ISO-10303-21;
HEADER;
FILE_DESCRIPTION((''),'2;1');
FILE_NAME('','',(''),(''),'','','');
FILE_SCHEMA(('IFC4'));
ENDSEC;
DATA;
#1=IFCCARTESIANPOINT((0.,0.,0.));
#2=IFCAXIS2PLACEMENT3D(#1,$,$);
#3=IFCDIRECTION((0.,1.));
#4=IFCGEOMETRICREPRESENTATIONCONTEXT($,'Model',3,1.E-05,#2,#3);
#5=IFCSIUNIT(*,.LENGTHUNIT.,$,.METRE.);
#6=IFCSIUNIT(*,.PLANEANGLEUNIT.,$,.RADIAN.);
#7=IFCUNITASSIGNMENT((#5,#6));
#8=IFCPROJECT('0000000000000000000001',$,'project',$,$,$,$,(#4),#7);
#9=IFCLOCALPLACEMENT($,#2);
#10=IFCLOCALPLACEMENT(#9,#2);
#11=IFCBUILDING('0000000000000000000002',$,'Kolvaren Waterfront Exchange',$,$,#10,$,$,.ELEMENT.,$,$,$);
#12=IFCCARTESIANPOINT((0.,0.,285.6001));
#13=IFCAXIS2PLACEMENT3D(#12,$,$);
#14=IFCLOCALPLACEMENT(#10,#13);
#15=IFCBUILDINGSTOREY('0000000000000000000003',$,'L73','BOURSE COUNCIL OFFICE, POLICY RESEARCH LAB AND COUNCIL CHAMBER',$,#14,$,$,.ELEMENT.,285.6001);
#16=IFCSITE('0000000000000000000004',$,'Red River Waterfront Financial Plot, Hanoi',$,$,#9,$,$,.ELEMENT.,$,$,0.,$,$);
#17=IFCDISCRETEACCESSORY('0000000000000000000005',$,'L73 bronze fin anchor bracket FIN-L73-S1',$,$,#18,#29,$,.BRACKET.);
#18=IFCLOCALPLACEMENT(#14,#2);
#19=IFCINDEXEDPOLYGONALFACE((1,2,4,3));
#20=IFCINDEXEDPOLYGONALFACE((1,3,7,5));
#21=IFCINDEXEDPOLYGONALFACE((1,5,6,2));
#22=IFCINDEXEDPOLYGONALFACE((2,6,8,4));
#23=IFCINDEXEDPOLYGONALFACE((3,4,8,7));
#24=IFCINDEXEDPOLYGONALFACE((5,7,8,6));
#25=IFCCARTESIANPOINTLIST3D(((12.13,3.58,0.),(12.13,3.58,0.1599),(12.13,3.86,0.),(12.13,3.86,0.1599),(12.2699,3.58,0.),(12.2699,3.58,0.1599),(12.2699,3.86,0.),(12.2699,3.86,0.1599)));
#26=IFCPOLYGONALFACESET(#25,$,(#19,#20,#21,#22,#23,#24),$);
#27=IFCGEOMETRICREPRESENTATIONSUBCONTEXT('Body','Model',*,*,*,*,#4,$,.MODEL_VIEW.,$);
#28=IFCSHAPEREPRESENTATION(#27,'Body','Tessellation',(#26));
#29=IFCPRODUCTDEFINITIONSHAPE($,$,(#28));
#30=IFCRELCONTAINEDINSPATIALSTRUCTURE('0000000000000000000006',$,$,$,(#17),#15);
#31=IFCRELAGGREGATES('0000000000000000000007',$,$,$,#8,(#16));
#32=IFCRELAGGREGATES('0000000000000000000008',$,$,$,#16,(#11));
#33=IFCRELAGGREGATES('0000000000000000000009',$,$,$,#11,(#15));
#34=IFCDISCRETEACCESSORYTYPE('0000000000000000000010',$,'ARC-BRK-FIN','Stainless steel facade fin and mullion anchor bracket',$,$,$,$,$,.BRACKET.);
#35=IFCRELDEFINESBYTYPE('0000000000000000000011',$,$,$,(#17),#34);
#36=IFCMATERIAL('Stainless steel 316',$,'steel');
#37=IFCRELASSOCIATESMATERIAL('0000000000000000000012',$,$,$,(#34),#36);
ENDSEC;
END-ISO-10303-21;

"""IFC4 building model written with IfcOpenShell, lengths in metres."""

from ifc_helpers import new_model, si_unit, direction, frame, origin, origin_with_axes, origin_2d, place, context, subcontext, project, spatial, rectangle, extrude, source, transform, mapped, material, type_object, element, save


model = new_model("IFC4")

# Units and contexts
model_context = context("Model", 3, precision=1e-05, world=origin(), true_north=direction((0.0, 1.0)))
body_context = subcontext(model_context, "Body", "Model", "MODEL_VIEW")
ifc_project = project(units=[si_unit("LENGTHUNIT", "METRE"), si_unit("PLANEANGLEUNIT", "RADIAN")], contexts=[model_context])

# Site, building, storey
site_placement = place(None, origin())
site = spatial("IfcSite", under=ifc_project, at=site_placement, Name="Red River Waterfront Financial Plot, Hanoi", CompositionType="ELEMENT", RefElevation=0.0)
building_placement = place(site_placement, origin())
building = spatial("IfcBuilding", under=site, at=building_placement, Name="Kolvaren Waterfront Exchange", CompositionType="ELEMENT")
storey_placement = place(building_placement, frame((0.0, 0.0, 285.6001)))
storey = spatial("IfcBuildingStorey", under=building, at=storey_placement, Name="L73", Description="BOURSE COUNCIL OFFICE, POLICY RESEARCH LAB AND COUNCIL CHAMBER", CompositionType="ELEMENT", Elevation=285.6001)

# Discrete accessory
ifc_material_1 = material(Name="Stainless steel 316", Category="steel")
discrete_accessory_type = type_object("IfcDiscreteAccessoryType", Name="ARC-BRK-FIN", Description="Stainless steel facade fin and mullion anchor bracket", PredefinedType="BRACKET", material=ifc_material_1)
shared_shape_1 = source(origin_with_axes(), body_context, "Body", "SweptSolid", [
    extrude(rectangle(XDim=0.28, YDim=0.1399, at=origin_2d()), origin(), (0.0, 0.0, 1.0), 0.1599),
])
discrete_accessory_placement = place(storey_placement, frame((12.2, 3.72, 0.0), z_axis=(0.0, 0.0, 1.0), x_axis=(0.0, -1.0, 0.0)))
element("IfcDiscreteAccessory", 1, at=discrete_accessory_placement, inside=storey, type_object=discrete_accessory_type, Name="L73 bronze fin anchor bracket FIN-L73-S1", PredefinedType="BRACKET", context=body_context, shape_type="MappedRepresentation", body=[
    mapped(shared_shape_1, transform((0.0, 0.0, 0.0), x_axis=(1.0, 0.0, 0.0), y_axis=(0.0, 1.0, 0.0), z_axis=(0.0, 0.0, 1.0), scale=1.0)),
])

save(model, "model.ifc")
